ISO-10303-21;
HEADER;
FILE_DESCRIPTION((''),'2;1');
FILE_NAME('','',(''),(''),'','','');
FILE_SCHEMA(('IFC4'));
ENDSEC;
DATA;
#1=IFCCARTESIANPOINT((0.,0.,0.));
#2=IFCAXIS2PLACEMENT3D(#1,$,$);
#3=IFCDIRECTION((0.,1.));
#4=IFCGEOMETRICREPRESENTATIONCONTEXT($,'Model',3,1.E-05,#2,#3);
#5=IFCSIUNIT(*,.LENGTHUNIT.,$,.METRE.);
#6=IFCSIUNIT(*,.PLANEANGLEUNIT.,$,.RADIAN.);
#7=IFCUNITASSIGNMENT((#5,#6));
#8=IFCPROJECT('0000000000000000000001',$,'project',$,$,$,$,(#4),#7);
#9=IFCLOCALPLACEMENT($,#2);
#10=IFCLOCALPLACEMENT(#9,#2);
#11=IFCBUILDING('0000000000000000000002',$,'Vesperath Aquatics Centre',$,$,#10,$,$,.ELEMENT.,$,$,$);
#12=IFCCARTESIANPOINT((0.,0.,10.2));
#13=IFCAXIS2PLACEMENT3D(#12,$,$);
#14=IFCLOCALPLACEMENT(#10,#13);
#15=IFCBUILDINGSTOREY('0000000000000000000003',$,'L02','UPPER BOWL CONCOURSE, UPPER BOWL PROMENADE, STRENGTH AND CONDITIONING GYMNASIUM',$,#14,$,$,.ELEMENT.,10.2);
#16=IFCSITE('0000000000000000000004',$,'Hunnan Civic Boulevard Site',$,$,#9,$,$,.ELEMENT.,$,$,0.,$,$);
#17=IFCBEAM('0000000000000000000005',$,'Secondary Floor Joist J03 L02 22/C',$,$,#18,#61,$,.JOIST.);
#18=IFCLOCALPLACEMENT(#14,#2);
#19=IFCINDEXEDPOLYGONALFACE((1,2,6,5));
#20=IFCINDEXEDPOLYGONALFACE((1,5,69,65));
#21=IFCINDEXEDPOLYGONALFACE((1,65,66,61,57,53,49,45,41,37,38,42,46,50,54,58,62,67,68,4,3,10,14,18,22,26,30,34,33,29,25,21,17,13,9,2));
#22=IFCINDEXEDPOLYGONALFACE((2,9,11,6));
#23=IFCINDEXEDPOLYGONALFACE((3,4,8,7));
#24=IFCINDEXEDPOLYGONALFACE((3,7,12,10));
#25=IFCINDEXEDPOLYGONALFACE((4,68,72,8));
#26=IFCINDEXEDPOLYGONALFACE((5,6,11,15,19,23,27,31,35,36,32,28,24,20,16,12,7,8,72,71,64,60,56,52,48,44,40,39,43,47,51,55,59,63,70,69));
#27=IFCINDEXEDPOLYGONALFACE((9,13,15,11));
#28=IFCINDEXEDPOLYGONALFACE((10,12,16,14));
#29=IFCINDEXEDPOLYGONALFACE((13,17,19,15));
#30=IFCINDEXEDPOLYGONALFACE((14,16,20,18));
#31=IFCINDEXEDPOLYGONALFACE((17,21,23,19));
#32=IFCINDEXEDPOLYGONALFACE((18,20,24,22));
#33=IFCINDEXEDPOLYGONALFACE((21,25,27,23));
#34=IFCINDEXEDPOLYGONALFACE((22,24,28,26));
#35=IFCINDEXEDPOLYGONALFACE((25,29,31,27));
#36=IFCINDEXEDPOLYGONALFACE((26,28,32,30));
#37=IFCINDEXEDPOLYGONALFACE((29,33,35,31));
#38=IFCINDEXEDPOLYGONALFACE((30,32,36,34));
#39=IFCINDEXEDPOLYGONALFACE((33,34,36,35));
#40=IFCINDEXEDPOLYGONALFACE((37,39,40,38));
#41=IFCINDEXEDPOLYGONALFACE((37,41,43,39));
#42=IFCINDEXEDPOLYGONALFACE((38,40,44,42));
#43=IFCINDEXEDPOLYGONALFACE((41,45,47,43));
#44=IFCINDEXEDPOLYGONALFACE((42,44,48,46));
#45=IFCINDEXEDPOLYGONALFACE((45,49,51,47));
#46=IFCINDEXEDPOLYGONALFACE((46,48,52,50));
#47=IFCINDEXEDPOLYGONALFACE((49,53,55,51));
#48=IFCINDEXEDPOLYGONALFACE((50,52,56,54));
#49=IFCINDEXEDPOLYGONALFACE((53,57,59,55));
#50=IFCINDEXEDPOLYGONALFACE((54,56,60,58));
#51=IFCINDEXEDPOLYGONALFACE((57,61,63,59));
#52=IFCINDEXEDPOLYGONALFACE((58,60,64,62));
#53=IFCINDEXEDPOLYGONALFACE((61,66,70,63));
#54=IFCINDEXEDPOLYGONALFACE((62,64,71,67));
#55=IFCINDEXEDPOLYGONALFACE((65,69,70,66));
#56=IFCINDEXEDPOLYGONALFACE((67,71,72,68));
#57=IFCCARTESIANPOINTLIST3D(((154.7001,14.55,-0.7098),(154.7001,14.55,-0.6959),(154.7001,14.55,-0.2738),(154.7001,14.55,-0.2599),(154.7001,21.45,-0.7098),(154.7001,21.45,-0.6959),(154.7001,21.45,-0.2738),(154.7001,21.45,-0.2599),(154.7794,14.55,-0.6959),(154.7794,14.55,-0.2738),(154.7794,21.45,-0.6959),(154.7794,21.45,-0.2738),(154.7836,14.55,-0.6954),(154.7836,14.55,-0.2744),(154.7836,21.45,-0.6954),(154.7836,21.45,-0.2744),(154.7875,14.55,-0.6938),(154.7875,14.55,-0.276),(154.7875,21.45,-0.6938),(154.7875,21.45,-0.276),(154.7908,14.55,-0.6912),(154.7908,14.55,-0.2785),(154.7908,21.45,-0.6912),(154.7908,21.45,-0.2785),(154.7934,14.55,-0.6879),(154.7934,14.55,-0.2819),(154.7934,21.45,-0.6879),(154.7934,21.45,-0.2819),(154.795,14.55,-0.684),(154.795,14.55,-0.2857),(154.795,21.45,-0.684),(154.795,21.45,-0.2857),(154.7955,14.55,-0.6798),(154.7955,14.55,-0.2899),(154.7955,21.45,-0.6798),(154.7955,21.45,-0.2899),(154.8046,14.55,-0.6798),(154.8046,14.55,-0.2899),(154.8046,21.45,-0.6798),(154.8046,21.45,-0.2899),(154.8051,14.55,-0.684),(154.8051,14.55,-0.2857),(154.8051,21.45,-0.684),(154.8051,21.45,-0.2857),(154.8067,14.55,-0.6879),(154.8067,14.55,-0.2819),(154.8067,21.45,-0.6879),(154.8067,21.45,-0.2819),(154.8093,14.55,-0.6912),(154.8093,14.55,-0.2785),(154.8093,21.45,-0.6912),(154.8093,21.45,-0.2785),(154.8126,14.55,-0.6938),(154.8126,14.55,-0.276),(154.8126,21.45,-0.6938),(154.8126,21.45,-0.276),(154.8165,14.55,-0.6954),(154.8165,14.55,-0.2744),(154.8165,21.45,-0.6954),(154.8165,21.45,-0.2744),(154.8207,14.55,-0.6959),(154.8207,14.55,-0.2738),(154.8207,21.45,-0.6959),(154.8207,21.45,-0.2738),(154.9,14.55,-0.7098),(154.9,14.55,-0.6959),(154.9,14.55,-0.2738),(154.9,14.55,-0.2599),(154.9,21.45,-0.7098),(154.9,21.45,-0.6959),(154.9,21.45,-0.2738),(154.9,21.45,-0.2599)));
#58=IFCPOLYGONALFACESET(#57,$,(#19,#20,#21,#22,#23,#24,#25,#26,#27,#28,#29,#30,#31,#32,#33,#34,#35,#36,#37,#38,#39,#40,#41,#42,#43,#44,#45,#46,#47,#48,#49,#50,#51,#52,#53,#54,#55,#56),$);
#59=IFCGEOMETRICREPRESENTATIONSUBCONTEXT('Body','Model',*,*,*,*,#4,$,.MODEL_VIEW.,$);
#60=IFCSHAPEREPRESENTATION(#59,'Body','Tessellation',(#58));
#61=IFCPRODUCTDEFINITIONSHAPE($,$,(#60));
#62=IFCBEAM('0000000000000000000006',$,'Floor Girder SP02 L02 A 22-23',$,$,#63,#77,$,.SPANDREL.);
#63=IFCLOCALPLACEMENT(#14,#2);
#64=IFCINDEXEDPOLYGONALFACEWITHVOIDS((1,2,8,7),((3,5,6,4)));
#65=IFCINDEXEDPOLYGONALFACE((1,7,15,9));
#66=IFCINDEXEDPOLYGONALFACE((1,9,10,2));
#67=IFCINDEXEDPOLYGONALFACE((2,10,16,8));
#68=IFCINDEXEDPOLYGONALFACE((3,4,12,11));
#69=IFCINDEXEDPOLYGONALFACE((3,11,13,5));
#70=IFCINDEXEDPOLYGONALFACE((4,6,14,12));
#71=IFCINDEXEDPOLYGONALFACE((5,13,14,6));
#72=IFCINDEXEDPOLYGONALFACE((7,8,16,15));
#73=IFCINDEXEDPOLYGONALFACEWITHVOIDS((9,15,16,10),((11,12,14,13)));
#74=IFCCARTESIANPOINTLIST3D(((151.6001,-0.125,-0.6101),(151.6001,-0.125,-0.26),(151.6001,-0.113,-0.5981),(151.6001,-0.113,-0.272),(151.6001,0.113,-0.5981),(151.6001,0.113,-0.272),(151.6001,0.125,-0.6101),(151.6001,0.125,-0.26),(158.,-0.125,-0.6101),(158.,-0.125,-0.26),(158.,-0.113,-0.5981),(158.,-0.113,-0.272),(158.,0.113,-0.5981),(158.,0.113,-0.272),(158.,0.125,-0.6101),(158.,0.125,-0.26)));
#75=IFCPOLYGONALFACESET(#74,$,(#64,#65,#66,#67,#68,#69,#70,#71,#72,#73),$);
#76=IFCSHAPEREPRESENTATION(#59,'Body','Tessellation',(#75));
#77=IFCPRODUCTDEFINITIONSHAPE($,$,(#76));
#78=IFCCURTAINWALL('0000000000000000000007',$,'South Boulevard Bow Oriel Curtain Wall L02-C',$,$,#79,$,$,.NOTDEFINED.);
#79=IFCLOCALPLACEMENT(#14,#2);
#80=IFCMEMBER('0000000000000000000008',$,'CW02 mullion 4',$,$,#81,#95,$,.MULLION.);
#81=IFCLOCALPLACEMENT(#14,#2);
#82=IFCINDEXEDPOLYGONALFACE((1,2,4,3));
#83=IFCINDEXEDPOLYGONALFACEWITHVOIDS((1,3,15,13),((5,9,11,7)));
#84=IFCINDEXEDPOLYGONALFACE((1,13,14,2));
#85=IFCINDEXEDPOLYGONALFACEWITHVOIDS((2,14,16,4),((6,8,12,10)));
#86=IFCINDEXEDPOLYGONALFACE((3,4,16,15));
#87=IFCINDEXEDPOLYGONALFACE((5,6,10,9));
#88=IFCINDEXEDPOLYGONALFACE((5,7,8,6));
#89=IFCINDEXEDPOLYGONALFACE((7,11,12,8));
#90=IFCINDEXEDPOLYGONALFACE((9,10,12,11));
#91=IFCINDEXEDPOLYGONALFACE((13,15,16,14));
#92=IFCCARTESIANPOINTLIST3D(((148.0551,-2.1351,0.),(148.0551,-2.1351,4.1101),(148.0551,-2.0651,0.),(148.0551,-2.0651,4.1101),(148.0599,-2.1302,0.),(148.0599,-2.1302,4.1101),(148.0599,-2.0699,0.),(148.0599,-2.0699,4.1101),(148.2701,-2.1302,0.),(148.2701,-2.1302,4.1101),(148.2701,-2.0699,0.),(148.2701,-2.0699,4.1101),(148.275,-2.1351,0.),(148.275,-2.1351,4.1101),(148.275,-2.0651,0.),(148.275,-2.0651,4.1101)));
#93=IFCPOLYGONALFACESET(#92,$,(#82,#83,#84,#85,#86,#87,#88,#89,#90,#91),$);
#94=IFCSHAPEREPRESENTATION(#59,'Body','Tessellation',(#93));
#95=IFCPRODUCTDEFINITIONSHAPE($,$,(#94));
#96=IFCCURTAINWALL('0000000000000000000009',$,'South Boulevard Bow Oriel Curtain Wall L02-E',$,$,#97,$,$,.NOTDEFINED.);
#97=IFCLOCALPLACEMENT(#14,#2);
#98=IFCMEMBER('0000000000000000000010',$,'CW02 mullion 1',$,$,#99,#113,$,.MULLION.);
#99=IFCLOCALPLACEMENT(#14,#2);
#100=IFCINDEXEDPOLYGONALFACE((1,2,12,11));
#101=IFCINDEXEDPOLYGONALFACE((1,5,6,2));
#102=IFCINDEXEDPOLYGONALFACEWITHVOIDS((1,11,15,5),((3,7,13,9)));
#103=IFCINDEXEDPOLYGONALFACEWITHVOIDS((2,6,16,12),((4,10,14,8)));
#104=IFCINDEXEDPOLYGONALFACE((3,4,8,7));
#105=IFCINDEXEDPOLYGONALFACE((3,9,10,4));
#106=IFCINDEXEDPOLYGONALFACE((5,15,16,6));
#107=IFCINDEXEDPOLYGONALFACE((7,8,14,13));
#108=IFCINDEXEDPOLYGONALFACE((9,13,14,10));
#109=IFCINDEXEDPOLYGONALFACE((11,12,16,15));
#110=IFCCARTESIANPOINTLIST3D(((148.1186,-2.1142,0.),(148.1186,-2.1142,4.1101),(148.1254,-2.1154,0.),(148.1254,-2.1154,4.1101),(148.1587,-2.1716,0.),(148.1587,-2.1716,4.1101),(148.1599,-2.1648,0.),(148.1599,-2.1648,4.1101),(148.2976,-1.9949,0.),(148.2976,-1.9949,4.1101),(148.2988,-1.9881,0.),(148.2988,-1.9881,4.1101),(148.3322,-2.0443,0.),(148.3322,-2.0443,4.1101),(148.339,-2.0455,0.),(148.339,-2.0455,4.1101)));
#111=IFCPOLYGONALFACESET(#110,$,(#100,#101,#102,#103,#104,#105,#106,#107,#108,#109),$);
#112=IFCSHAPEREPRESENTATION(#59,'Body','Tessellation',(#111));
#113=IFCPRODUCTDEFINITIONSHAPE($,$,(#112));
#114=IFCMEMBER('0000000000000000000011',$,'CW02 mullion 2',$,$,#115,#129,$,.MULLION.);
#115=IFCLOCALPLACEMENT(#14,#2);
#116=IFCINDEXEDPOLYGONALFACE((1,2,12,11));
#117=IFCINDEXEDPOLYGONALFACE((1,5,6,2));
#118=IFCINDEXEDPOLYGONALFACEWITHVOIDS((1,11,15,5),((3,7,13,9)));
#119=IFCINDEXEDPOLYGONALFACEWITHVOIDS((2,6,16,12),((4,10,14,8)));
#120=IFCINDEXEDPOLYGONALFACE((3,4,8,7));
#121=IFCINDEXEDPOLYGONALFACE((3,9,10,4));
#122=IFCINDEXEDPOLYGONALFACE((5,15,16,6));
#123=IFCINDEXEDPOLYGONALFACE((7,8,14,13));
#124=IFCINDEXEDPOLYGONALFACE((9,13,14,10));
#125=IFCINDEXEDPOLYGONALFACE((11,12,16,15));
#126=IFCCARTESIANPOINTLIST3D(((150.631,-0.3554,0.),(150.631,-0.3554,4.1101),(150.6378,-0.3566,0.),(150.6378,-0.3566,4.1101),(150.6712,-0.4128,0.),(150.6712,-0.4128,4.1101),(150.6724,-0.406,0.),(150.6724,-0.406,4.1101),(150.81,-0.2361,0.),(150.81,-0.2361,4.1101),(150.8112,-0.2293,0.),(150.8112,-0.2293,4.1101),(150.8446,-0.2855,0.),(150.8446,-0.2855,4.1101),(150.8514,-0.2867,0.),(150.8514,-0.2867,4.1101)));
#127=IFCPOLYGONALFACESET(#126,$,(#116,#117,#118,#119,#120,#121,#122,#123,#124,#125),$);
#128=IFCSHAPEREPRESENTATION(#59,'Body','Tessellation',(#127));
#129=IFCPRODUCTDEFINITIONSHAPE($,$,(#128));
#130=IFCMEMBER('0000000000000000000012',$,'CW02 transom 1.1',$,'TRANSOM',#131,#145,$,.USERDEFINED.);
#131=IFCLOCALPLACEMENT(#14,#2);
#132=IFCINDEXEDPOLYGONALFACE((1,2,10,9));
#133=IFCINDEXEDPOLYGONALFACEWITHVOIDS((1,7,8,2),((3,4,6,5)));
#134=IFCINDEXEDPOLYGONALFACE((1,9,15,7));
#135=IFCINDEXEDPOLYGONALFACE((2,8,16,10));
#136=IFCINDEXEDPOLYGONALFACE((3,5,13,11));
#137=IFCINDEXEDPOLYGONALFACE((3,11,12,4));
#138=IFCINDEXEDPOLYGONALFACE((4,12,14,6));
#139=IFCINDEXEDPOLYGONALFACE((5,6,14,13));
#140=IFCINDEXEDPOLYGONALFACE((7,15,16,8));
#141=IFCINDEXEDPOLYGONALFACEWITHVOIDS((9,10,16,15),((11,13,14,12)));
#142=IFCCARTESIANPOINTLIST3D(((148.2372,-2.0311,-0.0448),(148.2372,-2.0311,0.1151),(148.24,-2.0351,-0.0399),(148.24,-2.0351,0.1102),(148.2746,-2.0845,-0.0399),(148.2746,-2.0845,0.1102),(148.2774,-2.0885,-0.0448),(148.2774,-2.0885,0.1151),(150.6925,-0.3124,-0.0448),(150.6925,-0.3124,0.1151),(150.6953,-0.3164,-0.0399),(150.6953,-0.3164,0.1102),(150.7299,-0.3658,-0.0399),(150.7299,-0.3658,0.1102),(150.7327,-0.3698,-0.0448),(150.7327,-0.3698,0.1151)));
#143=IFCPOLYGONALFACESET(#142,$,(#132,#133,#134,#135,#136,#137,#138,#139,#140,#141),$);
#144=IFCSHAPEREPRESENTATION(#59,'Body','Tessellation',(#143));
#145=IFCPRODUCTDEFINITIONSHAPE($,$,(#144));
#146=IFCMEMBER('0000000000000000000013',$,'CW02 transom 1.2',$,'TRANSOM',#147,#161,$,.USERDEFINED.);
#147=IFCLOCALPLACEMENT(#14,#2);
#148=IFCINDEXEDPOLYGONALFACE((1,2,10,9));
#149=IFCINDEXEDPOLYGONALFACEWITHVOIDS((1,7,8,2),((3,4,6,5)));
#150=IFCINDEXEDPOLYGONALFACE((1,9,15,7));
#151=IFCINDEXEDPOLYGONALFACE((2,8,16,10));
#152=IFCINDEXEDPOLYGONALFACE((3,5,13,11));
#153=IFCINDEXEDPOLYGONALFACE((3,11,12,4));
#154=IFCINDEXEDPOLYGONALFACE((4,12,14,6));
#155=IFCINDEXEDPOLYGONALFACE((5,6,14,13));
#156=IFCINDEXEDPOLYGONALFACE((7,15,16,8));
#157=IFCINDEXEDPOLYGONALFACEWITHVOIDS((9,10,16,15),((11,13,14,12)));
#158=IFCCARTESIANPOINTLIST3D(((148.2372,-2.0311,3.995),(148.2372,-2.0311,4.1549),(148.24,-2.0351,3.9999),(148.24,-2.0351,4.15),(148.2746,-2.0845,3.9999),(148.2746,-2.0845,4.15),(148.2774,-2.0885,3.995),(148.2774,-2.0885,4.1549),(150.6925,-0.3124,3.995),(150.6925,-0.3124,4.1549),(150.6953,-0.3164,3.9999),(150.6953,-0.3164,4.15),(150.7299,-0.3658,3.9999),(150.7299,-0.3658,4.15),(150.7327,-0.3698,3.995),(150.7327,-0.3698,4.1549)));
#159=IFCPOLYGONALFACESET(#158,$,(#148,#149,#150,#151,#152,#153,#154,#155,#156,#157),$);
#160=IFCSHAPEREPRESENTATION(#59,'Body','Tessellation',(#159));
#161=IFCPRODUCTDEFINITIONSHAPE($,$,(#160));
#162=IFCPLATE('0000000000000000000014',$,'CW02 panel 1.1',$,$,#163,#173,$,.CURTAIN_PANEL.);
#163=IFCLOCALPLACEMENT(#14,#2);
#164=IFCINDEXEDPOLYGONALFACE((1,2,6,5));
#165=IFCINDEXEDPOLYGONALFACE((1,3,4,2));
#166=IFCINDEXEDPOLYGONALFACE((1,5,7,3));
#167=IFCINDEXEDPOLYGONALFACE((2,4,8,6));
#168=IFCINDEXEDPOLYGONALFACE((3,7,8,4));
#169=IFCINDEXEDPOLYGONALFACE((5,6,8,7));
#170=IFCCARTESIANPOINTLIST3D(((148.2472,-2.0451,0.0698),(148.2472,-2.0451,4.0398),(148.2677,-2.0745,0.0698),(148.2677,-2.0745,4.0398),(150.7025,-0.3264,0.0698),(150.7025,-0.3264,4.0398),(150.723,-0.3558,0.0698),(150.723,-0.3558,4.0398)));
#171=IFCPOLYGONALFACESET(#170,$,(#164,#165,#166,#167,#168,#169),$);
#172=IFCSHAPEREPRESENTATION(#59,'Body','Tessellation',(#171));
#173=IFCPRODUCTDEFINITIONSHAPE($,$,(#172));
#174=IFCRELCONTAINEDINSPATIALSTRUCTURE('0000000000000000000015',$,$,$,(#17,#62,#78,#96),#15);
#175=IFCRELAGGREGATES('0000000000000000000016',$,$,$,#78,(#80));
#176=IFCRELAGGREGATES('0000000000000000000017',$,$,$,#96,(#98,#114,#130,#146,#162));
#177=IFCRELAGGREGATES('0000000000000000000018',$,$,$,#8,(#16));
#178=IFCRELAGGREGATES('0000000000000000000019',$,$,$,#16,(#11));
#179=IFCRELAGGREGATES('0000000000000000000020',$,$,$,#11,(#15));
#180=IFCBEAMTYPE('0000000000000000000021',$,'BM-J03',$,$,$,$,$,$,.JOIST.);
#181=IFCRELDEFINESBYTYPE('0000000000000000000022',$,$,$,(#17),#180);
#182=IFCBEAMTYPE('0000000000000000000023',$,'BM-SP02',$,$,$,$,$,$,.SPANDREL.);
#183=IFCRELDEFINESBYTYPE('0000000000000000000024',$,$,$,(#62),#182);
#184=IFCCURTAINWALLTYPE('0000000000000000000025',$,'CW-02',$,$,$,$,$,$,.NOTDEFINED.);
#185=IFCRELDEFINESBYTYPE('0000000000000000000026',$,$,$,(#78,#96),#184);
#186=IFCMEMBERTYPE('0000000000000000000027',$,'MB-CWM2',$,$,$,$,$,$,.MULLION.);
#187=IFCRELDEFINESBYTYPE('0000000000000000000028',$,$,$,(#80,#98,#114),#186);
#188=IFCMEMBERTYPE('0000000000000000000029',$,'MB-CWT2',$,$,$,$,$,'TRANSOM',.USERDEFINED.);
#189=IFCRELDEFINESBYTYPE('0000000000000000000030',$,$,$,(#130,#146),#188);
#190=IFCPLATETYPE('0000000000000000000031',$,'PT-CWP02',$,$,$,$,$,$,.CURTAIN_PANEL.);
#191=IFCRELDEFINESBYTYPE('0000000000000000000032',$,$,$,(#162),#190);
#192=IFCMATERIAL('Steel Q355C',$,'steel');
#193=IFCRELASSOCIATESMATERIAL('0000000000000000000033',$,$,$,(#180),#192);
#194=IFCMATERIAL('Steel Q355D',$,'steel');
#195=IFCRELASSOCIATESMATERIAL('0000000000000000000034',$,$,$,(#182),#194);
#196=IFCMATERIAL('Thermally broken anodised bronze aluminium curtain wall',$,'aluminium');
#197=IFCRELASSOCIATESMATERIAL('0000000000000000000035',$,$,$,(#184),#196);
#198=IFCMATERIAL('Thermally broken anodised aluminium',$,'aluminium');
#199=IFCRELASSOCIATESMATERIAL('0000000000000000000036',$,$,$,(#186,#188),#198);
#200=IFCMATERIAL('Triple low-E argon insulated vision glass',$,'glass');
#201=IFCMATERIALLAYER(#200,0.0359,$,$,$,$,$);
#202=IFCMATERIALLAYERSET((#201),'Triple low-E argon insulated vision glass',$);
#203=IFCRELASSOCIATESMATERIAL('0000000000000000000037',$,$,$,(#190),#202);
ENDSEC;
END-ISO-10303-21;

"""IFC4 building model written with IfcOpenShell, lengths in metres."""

from ifc_helpers import new_model, si_unit, direction, frame, origin, origin_2d, place, context, subcontext, project, spatial, rectangle, hollow_rectangle, i_section, extrude, material, layer, layer_set, material_profile, profile_set, type_object, element, aggregate, save


model = new_model("IFC4")

# Units and contexts
model_context = context("Model", 3, precision=1e-05, world=origin(), true_north=direction((0.0, 1.0)))
body_context = subcontext(model_context, "Body", "Model", "MODEL_VIEW")
ifc_project = project(units=[si_unit("LENGTHUNIT", "METRE"), si_unit("PLANEANGLEUNIT", "RADIAN")], contexts=[model_context])

# Site, building, storey
site_placement = place(None, origin())
site = spatial("IfcSite", under=ifc_project, at=site_placement, Name="Hunnan Civic Boulevard Site", CompositionType="ELEMENT", RefElevation=0.0)
building_placement = place(site_placement, origin())
building = spatial("IfcBuilding", under=site, at=building_placement, Name="Vesperath Aquatics Centre", CompositionType="ELEMENT")
storey_placement = place(building_placement, frame((0.0, 0.0, 10.2)))
storey = spatial("IfcBuildingStorey", under=building, at=storey_placement, Name="L02", Description="UPPER BOWL CONCOURSE, UPPER BOWL PROMENADE, STRENGTH AND CONDITIONING GYMNASIUM", CompositionType="ELEMENT", Elevation=10.2)

# Shared definitions
ifc_material_1 = material(Name="Steel Q355D", Category="steel")

# Beams
ifc_material_2 = material(Name="Steel Q355C", Category="steel")
ifc_material_profile_1 = material_profile(ifc_material_2, i_section(OverallWidth=0.2, OverallDepth=0.45, WebThickness=0.009, FlangeThickness=0.0139, FilletRadius=0.0161, at=origin_2d()), Name="HN 450x200x9x14")
ifc_profile_set_1 = profile_set([ifc_material_profile_1], Name="Steel Q355C")
beam_type_1 = type_object("IfcBeamType", Name="BM-J03", PredefinedType="JOIST", material=ifc_profile_set_1)
for number, where, z_axis, x_axis, name in (
    (1, (154.8, 14.55, -0.4849), (0.0, 1.0, 0.0), (-1.0, 0.0, 0.0), "Secondary Floor Joist J03 L02 22/C"),
):
    element("IfcBeam", number, at=place(storey_placement, frame(where, z_axis=z_axis, x_axis=x_axis)), inside=storey, type_object=beam_type_1, Name=name, PredefinedType="JOIST", context=body_context, shape_type="SweptSolid", body=[
        extrude(i_section(OverallWidth=0.2, OverallDepth=0.45, WebThickness=0.009, FlangeThickness=0.0139, FilletRadius=0.0161, at=origin_2d()), origin(), (0.0, 0.0, 1.0), 6.8999),
    ])
ifc_material_profile_2 = material_profile(ifc_material_1, hollow_rectangle(XDim=0.25, YDim=0.3501, WallThickness=0.012, at=origin_2d()), Name="RHS 350x250x12")
ifc_profile_set_2 = profile_set([ifc_material_profile_2], Name="Steel Q355D")
beam_type_2 = type_object("IfcBeamType", Name="BM-SP02", PredefinedType="SPANDREL", material=ifc_profile_set_2)
beam_1_placement = place(storey_placement, frame((151.6001, 0.0, -0.4351), z_axis=(1.0, 0.0, 0.0), x_axis=(0.0, 1.0, 0.0)))
element("IfcBeam", 2, at=beam_1_placement, inside=storey, type_object=beam_type_2, Name="Floor Girder SP02 L02 A 22-23", PredefinedType="SPANDREL", context=body_context, shape_type="SweptSolid", body=[
    extrude(hollow_rectangle(XDim=0.25, YDim=0.3501, WallThickness=0.012, at=origin_2d()), origin(), (0.0, 0.0, 1.0), 6.3999),
])

# Curtain wall, member
ifc_material_3 = material(Name="Thermally broken anodised bronze aluminium curtain wall", Category="aluminium")
curtain_wall_type = type_object("IfcCurtainWallType", Name="CW-02", PredefinedType="NOTDEFINED", material=ifc_material_3)
curtain_wall_1_placement = place(storey_placement, origin())
curtain_wall_1 = element("IfcCurtainWall", 3, at=curtain_wall_1_placement, inside=storey, type_object=curtain_wall_type, Name="South Boulevard Bow Oriel Curtain Wall L02-C", PredefinedType="NOTDEFINED")
ifc_material_4 = material(Name="Thermally broken anodised aluminium", Category="aluminium")
ifc_material_profile_3 = material_profile(ifc_material_4, hollow_rectangle(XDim=0.0701, YDim=0.22, WallThickness=0.0049, at=origin_2d()), Name="CWM 70x220x5")
ifc_profile_set_3 = profile_set([ifc_material_profile_3], Name="Thermally broken anodised aluminium")
member_type_1 = type_object("IfcMemberType", Name="MB-CWM2", PredefinedType="MULLION", material=ifc_profile_set_3)
member_1_placement = place(storey_placement, frame((148.165, -2.1001, 0.0), z_axis=(0.0, 0.0, 1.0), x_axis=(0.0, 1.0, 0.0)))
member_1 = element("IfcMember", 4, at=member_1_placement, type_object=member_type_1, Name="CW02 mullion 4", PredefinedType="MULLION", context=body_context, shape_type="SweptSolid", body=[
    extrude(hollow_rectangle(XDim=0.0701, YDim=0.22, WallThickness=0.0049, at=origin_2d()), origin(), (0.0, 0.0, 1.0), 4.1101),
])
aggregate(curtain_wall_1, [member_1])

# Curtain wall, members, plate
curtain_wall_2_placement = place(storey_placement, origin())
curtain_wall_2 = element("IfcCurtainWall", 5, at=curtain_wall_2_placement, inside=storey, type_object=curtain_wall_type, Name="South Boulevard Bow Oriel Curtain Wall L02-E", PredefinedType="NOTDEFINED")
member_2_placement = place(storey_placement, frame((148.2288, -2.0798, 0.0), z_axis=(0.0, 0.0, 1.0), x_axis=(-0.573462, 0.819232, 0.0)))
member_2 = element("IfcMember", 6, at=member_2_placement, type_object=member_type_1, Name="CW02 mullion 1", PredefinedType="MULLION", context=body_context, shape_type="SweptSolid", body=[
    extrude(hollow_rectangle(XDim=0.0701, YDim=0.22, WallThickness=0.0049, at=origin_2d()), origin(), (0.0, 0.0, 1.0), 4.1101),
])
member_3_placement = place(storey_placement, frame((150.7412, -0.321, 0.0), z_axis=(0.0, 0.0, 1.0), x_axis=(-0.573462, 0.819232, 0.0)))
member_3 = element("IfcMember", 7, at=member_3_placement, type_object=member_type_1, Name="CW02 mullion 2", PredefinedType="MULLION", context=body_context, shape_type="SweptSolid", body=[
    extrude(hollow_rectangle(XDim=0.0701, YDim=0.22, WallThickness=0.0049, at=origin_2d()), origin(), (0.0, 0.0, 1.0), 4.1101),
])
ifc_material_profile_4 = material_profile(ifc_material_4, hollow_rectangle(XDim=0.0701, YDim=0.1599, WallThickness=0.0049, at=origin_2d()), Name="CWT 70x160x5")
ifc_profile_set_4 = profile_set([ifc_material_profile_4], Name="Thermally broken anodised aluminium")
member_type_2 = type_object("IfcMemberType", Name="MB-CWT2", ElementType="TRANSOM", PredefinedType="USERDEFINED", material=ifc_profile_set_4)
member_4_placement = place(storey_placement, frame((148.2573, -2.0598, 0.0352), z_axis=(0.819228, 0.573468, 0.0), x_axis=(-0.573468, 0.819228, 0.0)))
member_4 = element("IfcMember", 8, at=member_4_placement, type_object=member_type_2, Name="CW02 transom 1.1", ObjectType="TRANSOM", PredefinedType="USERDEFINED", context=body_context, shape_type="SweptSolid", body=[
    extrude(hollow_rectangle(XDim=0.0701, YDim=0.1599, WallThickness=0.0049, at=origin_2d()), origin(), (0.0, 0.0, 1.0), 2.9971),
])
member_5_placement = place(storey_placement, frame((148.2573, -2.0598, 4.075), z_axis=(0.819228, 0.573468, 0.0), x_axis=(-0.573468, 0.819228, 0.0)))
member_5 = element("IfcMember", 9, at=member_5_placement, type_object=member_type_2, Name="CW02 transom 1.2", ObjectType="TRANSOM", PredefinedType="USERDEFINED", context=body_context, shape_type="SweptSolid", body=[
    extrude(hollow_rectangle(XDim=0.0701, YDim=0.1599, WallThickness=0.0049, at=origin_2d()), origin(), (0.0, 0.0, 1.0), 2.9971),
])
ifc_material_5 = material(Name="Triple low-E argon insulated vision glass", Category="glass")
ifc_layer_1 = layer(ifc_material_5, 0.0359)
ifc_layer_set_1 = layer_set([ifc_layer_1], Name="Triple low-E argon insulated vision glass")
plate_type = type_object("IfcPlateType", Name="PT-CWP02", PredefinedType="CURTAIN_PANEL", material=ifc_layer_set_1)
plate_placement = place(storey_placement, frame((149.4851, -1.2004, 0.0698), z_axis=(0.0, 0.0, 1.0), x_axis=(0.819232, 0.573462, 0.0)))
plate = element("IfcPlate", 10, at=plate_placement, type_object=plate_type, Name="CW02 panel 1.1", PredefinedType="CURTAIN_PANEL", context=body_context, shape_type="SweptSolid", body=[
    extrude(rectangle(XDim=2.9971, YDim=0.0359, at=origin_2d()), origin(), (0.0, 0.0, 1.0), 3.97),
])
aggregate(curtain_wall_2, [member_2, member_3, member_4, member_5, plate])

save(model, "model.ifc")
